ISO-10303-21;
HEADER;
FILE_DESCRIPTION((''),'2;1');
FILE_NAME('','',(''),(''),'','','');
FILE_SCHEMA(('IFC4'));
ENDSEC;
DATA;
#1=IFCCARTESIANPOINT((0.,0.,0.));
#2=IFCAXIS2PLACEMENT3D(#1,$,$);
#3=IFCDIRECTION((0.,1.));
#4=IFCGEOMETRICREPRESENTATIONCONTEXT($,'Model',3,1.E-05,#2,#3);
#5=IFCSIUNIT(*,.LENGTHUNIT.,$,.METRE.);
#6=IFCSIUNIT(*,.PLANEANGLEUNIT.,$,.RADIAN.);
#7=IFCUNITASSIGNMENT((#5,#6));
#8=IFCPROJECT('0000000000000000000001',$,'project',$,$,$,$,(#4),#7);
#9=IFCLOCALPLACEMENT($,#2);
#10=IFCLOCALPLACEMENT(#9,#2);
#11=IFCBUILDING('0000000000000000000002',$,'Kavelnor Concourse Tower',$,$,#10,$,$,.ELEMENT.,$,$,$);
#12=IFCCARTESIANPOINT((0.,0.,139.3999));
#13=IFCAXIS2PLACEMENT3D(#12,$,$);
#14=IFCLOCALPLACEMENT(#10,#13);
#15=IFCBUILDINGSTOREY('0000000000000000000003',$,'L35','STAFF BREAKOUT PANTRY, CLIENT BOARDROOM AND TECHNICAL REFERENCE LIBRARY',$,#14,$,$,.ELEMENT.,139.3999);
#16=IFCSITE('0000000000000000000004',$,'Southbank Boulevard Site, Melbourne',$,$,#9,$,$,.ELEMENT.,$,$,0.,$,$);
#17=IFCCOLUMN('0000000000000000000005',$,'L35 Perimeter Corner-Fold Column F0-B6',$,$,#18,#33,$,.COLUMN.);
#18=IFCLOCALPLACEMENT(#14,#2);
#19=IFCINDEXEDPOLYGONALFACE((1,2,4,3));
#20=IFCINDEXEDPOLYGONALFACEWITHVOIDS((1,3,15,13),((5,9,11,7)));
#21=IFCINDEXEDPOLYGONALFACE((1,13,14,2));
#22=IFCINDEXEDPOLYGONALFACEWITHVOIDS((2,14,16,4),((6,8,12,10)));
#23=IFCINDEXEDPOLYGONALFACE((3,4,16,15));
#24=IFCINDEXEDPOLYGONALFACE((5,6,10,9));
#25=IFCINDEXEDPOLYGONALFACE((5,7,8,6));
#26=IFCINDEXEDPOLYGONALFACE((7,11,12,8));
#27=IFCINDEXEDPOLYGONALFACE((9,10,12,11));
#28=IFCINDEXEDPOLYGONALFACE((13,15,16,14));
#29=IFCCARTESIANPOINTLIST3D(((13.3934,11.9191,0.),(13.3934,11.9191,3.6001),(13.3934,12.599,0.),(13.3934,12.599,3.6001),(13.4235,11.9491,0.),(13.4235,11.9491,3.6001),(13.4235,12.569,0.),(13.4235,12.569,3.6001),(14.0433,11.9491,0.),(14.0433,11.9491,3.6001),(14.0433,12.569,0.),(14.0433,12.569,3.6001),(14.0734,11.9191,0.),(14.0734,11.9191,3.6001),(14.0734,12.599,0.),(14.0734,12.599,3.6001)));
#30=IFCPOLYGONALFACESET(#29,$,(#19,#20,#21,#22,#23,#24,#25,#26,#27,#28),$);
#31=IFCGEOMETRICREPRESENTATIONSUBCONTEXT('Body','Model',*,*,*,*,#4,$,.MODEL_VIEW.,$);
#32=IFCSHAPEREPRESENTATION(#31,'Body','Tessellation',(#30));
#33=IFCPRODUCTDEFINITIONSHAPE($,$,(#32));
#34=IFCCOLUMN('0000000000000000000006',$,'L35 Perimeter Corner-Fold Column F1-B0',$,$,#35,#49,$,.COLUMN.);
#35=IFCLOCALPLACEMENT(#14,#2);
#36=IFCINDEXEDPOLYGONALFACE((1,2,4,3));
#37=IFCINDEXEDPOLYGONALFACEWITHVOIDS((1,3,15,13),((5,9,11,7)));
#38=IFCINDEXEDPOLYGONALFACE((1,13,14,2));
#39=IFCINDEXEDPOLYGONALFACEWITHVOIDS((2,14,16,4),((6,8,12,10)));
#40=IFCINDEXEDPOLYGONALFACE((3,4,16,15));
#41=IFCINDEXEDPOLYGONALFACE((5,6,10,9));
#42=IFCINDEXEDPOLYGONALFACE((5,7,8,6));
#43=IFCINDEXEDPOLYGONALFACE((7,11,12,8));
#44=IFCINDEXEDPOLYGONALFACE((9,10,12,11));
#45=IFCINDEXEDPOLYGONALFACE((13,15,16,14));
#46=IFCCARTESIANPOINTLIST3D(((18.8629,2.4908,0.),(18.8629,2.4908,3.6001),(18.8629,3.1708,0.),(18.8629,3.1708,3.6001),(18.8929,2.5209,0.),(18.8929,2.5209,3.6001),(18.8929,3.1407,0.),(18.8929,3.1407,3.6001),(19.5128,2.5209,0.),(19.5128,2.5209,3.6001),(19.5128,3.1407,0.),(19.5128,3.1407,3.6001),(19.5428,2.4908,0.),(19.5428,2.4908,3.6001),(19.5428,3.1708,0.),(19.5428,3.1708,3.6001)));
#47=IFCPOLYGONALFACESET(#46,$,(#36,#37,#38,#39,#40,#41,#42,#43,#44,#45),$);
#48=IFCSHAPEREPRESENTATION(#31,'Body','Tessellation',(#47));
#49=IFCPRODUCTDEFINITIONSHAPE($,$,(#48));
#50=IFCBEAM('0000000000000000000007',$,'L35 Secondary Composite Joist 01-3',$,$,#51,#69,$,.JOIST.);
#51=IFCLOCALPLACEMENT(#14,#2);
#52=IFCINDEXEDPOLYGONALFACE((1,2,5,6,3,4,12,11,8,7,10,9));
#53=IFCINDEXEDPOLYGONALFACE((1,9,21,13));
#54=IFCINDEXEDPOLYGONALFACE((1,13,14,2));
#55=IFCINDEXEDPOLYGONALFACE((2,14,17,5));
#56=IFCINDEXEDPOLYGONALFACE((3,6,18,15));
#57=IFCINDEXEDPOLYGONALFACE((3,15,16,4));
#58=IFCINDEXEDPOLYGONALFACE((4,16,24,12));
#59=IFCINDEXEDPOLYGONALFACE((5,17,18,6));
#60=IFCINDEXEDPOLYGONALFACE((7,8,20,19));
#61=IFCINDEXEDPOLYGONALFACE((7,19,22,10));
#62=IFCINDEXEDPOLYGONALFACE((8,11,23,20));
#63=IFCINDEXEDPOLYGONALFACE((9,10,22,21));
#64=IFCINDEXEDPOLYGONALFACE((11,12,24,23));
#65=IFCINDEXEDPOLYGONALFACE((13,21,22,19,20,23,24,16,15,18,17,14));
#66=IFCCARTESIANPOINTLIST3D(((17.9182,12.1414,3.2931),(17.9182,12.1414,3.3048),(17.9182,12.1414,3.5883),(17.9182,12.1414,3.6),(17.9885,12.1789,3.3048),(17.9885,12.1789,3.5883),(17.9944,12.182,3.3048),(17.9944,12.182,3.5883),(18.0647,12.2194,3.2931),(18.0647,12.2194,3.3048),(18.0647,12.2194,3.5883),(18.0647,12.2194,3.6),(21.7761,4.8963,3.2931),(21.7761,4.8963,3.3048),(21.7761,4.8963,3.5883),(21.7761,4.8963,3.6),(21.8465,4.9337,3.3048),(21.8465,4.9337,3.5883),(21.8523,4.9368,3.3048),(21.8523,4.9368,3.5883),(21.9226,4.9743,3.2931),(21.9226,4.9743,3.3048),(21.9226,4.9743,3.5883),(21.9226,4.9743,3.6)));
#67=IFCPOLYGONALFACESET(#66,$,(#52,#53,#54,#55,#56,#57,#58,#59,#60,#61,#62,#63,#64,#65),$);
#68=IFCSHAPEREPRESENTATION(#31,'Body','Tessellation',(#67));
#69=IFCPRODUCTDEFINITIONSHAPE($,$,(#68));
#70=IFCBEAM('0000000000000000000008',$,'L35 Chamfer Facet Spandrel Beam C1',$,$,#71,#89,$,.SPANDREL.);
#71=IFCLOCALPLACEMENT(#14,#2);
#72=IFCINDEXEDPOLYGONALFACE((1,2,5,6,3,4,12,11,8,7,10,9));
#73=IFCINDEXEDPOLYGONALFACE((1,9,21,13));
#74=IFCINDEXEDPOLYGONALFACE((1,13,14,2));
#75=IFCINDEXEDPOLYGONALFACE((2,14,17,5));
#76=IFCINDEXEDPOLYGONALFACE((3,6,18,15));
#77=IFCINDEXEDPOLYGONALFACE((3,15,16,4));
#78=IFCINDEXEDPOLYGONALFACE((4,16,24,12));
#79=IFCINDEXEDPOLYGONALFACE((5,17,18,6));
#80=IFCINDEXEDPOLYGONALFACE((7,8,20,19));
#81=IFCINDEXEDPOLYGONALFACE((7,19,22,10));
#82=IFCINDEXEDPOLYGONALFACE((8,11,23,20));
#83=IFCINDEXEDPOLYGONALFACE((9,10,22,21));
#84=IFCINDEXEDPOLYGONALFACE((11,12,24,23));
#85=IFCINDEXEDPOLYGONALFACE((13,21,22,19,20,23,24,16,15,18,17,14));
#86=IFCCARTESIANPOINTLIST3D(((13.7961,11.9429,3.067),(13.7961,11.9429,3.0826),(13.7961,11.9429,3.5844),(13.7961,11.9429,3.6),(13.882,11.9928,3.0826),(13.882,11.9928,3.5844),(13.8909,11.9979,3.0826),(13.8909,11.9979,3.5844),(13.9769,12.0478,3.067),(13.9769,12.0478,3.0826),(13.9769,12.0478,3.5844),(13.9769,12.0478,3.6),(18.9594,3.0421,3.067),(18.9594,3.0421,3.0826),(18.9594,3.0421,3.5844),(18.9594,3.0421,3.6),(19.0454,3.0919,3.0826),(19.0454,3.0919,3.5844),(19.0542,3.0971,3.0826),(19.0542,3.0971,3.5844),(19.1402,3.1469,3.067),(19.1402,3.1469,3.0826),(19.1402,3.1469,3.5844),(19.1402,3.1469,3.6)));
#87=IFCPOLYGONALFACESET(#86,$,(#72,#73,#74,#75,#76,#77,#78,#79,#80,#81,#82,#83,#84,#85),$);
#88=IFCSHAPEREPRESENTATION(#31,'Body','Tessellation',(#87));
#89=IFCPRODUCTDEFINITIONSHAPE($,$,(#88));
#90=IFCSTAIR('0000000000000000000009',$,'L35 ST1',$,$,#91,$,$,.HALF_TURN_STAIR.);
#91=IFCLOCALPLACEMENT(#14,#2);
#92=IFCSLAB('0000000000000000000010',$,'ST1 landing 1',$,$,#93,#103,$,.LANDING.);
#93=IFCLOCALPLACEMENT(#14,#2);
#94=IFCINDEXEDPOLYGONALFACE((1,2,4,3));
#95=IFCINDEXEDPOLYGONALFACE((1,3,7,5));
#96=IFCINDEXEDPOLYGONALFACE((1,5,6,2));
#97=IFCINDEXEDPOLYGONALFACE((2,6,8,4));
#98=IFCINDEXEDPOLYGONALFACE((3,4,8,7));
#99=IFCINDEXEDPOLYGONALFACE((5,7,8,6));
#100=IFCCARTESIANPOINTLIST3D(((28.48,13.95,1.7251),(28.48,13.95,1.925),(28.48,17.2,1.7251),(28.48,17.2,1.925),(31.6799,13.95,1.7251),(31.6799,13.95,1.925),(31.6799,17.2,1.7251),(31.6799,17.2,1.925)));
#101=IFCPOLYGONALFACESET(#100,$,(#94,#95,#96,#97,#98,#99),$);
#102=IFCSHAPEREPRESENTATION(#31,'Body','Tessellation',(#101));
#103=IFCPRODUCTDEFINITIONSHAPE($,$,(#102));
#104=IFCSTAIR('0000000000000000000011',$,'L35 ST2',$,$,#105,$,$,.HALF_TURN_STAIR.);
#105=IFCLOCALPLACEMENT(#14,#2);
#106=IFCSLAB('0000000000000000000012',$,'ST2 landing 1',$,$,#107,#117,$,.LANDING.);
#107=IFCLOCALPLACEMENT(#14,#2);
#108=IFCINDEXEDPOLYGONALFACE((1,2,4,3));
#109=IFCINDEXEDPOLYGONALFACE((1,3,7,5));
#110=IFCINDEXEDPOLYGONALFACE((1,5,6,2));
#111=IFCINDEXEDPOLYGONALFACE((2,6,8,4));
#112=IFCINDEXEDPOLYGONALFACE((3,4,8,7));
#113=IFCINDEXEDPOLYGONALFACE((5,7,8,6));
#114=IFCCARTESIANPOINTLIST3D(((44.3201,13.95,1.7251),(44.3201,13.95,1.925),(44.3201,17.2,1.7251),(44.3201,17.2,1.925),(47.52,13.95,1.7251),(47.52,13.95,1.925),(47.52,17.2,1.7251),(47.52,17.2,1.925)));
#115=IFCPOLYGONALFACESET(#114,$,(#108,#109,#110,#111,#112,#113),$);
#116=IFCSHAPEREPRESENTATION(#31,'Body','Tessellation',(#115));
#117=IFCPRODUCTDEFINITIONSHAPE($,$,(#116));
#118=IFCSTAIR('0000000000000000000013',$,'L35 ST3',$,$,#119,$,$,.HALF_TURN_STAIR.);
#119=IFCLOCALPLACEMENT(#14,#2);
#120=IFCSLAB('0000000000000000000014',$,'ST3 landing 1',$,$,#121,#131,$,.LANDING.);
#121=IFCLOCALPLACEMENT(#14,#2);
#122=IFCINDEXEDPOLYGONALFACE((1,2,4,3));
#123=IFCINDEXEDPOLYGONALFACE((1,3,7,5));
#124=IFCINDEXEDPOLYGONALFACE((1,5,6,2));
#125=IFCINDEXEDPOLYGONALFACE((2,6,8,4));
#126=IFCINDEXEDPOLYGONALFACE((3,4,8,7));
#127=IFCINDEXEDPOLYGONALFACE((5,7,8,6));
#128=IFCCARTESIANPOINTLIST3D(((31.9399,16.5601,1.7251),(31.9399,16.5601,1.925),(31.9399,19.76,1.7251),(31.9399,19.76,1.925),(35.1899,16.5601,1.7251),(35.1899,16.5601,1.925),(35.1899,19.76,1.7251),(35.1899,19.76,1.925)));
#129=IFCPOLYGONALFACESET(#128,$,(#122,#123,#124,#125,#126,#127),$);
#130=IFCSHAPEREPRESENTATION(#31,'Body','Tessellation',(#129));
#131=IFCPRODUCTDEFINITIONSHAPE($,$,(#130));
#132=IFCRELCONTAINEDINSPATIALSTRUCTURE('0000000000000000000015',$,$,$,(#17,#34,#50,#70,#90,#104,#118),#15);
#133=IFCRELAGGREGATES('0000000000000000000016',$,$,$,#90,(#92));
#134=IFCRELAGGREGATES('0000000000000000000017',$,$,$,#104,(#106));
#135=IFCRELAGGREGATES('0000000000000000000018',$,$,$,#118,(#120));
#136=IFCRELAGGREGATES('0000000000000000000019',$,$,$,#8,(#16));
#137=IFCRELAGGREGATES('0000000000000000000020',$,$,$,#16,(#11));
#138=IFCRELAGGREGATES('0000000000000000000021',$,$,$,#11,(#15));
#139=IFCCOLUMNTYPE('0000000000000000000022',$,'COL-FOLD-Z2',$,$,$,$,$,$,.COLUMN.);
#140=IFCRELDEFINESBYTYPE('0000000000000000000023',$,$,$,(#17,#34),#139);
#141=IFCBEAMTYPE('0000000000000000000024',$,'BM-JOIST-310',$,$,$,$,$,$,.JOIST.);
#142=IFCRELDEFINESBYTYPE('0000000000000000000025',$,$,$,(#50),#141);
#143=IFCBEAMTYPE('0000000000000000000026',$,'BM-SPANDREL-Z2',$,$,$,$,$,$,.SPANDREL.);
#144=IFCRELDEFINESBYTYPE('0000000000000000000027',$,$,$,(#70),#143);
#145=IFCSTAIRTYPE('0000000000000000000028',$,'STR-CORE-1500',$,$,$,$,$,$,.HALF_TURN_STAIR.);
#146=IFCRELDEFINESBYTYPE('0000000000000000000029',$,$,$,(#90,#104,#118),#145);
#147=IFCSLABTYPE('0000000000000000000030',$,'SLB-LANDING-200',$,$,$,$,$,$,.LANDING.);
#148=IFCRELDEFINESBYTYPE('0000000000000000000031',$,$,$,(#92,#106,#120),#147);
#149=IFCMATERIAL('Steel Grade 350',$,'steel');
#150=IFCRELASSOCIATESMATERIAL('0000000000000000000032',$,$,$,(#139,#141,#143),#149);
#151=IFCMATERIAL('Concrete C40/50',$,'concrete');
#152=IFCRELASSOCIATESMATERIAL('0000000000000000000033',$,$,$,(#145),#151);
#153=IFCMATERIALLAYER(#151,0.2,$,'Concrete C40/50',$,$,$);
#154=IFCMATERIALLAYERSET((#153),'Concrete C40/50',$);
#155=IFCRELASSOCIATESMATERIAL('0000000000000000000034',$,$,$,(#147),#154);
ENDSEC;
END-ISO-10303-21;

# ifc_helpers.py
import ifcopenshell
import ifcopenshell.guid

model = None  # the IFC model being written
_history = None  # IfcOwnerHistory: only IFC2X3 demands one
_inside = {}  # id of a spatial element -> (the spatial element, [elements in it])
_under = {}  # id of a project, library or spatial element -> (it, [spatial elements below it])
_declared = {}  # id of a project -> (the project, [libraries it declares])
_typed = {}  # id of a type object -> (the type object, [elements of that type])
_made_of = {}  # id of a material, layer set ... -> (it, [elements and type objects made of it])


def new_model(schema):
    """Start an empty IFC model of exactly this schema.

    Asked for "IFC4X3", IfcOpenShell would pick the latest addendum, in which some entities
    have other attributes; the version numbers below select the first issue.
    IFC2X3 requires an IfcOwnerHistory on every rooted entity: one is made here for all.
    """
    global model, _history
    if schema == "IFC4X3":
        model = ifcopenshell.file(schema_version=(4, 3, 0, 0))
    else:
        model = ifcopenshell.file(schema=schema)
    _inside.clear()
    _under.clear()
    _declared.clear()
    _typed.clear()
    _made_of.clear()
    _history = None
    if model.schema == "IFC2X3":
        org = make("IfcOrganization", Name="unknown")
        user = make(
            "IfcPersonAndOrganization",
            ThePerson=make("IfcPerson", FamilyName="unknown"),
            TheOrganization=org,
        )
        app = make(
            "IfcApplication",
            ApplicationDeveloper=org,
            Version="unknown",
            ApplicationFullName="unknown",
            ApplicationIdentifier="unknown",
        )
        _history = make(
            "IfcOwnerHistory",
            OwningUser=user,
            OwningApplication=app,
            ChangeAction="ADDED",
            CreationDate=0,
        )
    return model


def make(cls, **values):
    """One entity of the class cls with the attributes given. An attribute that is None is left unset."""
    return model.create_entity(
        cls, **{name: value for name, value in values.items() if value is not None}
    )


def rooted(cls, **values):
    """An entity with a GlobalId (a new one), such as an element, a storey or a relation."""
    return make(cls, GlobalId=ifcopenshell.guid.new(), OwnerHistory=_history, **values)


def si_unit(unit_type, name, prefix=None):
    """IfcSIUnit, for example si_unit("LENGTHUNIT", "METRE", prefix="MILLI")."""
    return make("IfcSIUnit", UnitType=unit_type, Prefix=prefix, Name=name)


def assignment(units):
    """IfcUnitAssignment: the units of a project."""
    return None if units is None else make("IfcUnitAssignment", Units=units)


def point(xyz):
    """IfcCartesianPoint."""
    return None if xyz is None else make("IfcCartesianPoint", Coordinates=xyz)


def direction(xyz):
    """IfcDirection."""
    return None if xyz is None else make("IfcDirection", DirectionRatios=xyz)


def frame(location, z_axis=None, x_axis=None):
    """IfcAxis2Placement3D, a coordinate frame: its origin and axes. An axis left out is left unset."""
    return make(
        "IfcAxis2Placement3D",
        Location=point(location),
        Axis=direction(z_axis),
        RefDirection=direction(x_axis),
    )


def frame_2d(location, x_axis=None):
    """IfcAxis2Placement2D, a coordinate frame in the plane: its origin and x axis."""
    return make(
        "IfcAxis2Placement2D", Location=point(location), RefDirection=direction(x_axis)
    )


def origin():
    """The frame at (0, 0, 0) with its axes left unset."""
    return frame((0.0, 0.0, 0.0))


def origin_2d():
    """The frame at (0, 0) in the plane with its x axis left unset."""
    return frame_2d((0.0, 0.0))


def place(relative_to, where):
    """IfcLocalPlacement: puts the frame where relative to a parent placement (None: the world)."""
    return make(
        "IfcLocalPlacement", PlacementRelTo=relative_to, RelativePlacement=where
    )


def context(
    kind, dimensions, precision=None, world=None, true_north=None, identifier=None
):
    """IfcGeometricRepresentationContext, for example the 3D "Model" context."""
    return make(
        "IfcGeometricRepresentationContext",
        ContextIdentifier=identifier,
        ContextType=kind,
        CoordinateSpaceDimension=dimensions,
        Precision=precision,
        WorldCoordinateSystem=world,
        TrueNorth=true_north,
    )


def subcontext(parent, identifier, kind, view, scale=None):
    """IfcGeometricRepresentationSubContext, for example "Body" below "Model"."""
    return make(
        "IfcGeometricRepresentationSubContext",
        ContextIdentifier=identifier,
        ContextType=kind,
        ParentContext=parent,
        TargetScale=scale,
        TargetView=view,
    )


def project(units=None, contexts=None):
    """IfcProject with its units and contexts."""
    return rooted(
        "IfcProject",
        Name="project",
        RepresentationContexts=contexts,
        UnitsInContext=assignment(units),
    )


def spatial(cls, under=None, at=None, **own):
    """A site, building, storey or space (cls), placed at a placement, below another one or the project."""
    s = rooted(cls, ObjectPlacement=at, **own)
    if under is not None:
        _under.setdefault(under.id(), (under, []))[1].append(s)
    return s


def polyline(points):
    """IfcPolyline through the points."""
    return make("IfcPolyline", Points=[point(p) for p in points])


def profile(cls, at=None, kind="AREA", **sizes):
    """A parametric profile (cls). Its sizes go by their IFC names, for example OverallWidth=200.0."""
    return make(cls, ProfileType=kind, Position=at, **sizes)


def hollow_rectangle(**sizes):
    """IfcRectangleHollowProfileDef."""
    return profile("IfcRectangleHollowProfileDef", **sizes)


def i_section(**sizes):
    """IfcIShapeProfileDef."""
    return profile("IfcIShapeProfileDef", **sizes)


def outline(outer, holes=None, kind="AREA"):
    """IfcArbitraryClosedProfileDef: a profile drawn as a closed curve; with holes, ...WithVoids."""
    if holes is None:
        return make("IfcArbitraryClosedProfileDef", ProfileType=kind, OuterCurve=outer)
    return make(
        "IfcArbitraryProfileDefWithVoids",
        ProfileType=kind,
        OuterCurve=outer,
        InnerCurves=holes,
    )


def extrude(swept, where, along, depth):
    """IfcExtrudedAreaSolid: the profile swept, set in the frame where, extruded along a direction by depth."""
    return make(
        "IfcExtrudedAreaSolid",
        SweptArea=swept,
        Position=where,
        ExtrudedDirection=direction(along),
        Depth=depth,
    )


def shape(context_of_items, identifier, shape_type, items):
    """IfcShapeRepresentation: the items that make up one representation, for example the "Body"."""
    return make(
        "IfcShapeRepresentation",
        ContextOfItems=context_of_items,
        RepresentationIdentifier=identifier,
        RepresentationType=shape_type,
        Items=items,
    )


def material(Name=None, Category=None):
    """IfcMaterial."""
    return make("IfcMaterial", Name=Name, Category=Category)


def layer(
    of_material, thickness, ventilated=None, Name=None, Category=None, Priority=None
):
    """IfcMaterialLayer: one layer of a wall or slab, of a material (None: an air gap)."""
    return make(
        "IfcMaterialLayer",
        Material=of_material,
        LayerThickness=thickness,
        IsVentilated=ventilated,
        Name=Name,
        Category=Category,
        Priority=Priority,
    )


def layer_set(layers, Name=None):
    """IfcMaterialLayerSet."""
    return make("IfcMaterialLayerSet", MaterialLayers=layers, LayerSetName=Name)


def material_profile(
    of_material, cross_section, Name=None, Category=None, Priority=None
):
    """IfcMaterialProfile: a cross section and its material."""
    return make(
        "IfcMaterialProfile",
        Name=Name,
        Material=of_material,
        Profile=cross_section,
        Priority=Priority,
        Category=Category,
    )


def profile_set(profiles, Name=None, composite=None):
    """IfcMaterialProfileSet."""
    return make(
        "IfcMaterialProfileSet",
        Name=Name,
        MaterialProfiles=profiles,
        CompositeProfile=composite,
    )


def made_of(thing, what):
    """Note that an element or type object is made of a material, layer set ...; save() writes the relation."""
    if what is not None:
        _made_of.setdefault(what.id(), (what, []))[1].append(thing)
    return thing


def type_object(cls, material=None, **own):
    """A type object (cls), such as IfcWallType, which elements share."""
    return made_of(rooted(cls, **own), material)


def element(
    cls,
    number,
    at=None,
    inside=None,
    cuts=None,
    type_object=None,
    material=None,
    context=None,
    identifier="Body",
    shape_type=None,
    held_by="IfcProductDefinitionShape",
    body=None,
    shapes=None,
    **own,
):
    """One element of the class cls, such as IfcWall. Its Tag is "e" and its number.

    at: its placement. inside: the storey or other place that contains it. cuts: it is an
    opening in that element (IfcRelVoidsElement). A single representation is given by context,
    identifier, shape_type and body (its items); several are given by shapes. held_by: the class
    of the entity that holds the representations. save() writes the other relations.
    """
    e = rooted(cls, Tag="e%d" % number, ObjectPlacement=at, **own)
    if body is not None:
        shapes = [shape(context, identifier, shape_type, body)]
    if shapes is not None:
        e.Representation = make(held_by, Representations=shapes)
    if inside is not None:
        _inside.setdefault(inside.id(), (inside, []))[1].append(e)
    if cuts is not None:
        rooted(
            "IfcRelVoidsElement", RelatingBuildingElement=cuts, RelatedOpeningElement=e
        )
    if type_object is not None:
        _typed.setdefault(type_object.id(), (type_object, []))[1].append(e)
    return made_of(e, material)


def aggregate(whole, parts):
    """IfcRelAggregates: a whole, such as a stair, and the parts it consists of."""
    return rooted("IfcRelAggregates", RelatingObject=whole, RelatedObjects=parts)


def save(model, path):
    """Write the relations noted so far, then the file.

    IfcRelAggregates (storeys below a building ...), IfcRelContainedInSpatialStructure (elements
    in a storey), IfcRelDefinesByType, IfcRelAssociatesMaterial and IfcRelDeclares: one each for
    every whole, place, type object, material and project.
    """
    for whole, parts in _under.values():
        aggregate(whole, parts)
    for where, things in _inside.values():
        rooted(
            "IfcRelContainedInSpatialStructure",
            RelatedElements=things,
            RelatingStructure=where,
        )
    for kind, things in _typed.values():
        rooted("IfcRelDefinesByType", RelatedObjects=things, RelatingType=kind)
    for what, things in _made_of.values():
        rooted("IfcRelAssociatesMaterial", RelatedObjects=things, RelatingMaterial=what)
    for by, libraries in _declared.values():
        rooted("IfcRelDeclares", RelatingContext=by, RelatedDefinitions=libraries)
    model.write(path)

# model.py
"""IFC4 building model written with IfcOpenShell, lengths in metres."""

from ifc_helpers import new_model, si_unit, direction, frame, origin, origin_2d, place, context, subcontext, project, spatial, polyline, hollow_rectangle, i_section, outline, extrude, material, layer, layer_set, material_profile, profile_set, type_object, element, aggregate, save


model = new_model("IFC4")

# Units and contexts
model_context = context("Model", 3, precision=1e-05, world=origin(), true_north=direction((0.0, 1.0)))
body_context = subcontext(model_context, "Body", "Model", "MODEL_VIEW")
ifc_project = project(units=[si_unit("LENGTHUNIT", "METRE"), si_unit("PLANEANGLEUNIT", "RADIAN")], contexts=[model_context])

# Site, building, storey
site_placement = place(None, origin())
site = spatial("IfcSite", under=ifc_project, at=site_placement, Name="Southbank Boulevard Site, Melbourne", CompositionType="ELEMENT", RefElevation=0.0)
building_placement = place(site_placement, origin())
building = spatial("IfcBuilding", under=site, at=building_placement, Name="Kavelnor Concourse Tower", CompositionType="ELEMENT")
storey_placement = place(building_placement, frame((0.0, 0.0, 139.3999)))
storey = spatial("IfcBuildingStorey", under=building, at=storey_placement, Name="L35", Description="STAFF BREAKOUT PANTRY, CLIENT BOARDROOM AND TECHNICAL REFERENCE LIBRARY", CompositionType="ELEMENT", Elevation=139.3999)

# Columns
ifc_material_1 = material(Name="Steel Grade 350", Category="steel")
ifc_material_profile_1 = material_profile(ifc_material_1, hollow_rectangle(XDim=0.6799, YDim=0.6799, WallThickness=0.03, at=origin_2d()), Name="SHS 680x680x30")
ifc_profile_set_1 = profile_set([ifc_material_profile_1], Name="Steel Grade 350")
column_type = type_object("IfcColumnType", Name="COL-FOLD-Z2", PredefinedType="COLUMN", material=ifc_profile_set_1)
for number, where, z_axis, x_axis, name in (
    (1, (13.7334, 12.259, 0.0), (0.0, 0.0, 1.0), (1.0, 0.0, 0.0), "L35 Perimeter Corner-Fold Column F0-B6"),
    (2, (19.2029, 2.8308, 0.0), (0.0, 0.0, 1.0), (1.0, 0.0, 0.0), "L35 Perimeter Corner-Fold Column F1-B0"),
):
    element("IfcColumn", number, at=place(storey_placement, frame(where, z_axis=z_axis, x_axis=x_axis)), inside=storey, type_object=column_type, Name=name, PredefinedType="COLUMN", context=body_context, shape_type="SweptSolid", body=[
        extrude(hollow_rectangle(XDim=0.6799, YDim=0.6799, WallThickness=0.03, at=origin_2d()), origin(), (0.0, 0.0, 1.0), 3.6001),
    ])

# Beams
ifc_material_profile_2 = material_profile(ifc_material_1, i_section(OverallWidth=0.166, OverallDepth=0.3069, WebThickness=0.0066, FlangeThickness=0.0117, at=origin_2d()), Name="310UB46")
ifc_profile_set_2 = profile_set([ifc_material_profile_2], Name="Steel Grade 350")
beam_type_1 = type_object("IfcBeamType", Name="BM-JOIST-310", PredefinedType="JOIST", material=ifc_profile_set_2)
beam_1_placement = place(storey_placement, frame((17.9915, 12.1804, 3.4465), z_axis=(0.470005, -0.882664, 0.0), x_axis=(0.882664, 0.470005, 0.0)))
element("IfcBeam", 3, at=beam_1_placement, inside=storey, type_object=beam_type_1, Name="L35 Secondary Composite Joist 01-3", PredefinedType="JOIST", context=body_context, shape_type="SweptSolid", body=[
    extrude(i_section(OverallWidth=0.166, OverallDepth=0.3069, WebThickness=0.0066, FlangeThickness=0.0117, at=origin_2d()), origin(), (0.0, 0.0, 1.0), 8.2083),
])
ifc_material_profile_3 = material_profile(ifc_material_1, i_section(OverallWidth=0.209, OverallDepth=0.533, WebThickness=0.0103, FlangeThickness=0.0156, at=origin_2d()), Name="530UB92")
ifc_profile_set_3 = profile_set([ifc_material_profile_3], Name="Steel Grade 350")
beam_type_2 = type_object("IfcBeamType", Name="BM-SPANDREL-Z2", PredefinedType="SPANDREL", material=ifc_profile_set_3)
beam_2_placement = place(storey_placement, frame((13.8865, 11.9954, 3.3335), z_axis=(0.501778, -0.864997, 0.0), x_axis=(0.864997, 0.501778, 0.0)))
element("IfcBeam", 4, at=beam_2_placement, inside=storey, type_object=beam_type_2, Name="L35 Chamfer Facet Spandrel Beam C1", PredefinedType="SPANDREL", context=body_context, shape_type="SweptSolid", body=[
    extrude(i_section(OverallWidth=0.209, OverallDepth=0.533, WebThickness=0.0103, FlangeThickness=0.0156, at=origin_2d()), origin(), (0.0, 0.0, 1.0), 10.29),
])

# Stairs, slabs
ifc_material_2 = material(Name="Concrete C40/50", Category="concrete")
stair_type = type_object("IfcStairType", Name="STR-CORE-1500", PredefinedType="HALF_TURN_STAIR", material=ifc_material_2)
stair_1_placement = place(storey_placement, origin())
stair_1 = element("IfcStair", 5, at=stair_1_placement, inside=storey, type_object=stair_type, Name="L35 ST1", PredefinedType="HALF_TURN_STAIR")
ifc_layer_1 = layer(ifc_material_2, 0.2, Name="Concrete C40/50")
ifc_layer_set_1 = layer_set([ifc_layer_1], Name="Concrete C40/50")
slab_type_1 = type_object("IfcSlabType", Name="SLB-LANDING-200", PredefinedType="LANDING", material=ifc_layer_set_1)
slab_1_placement = place(storey_placement, frame((0.0, 0.0, 1.7251)))
slab_1 = element("IfcSlab", 6, at=slab_1_placement, type_object=slab_type_1, Name="ST1 landing 1", PredefinedType="LANDING", context=body_context, shape_type="SweptSolid", body=[
    extrude(outline(polyline([(31.6799, 13.95), (31.6799, 17.2), (28.48, 17.2), (28.48, 13.95), (31.6799, 13.95)])), origin(), (0.0, 0.0, 1.0), 0.2),
])
aggregate(stair_1, [slab_1])
stair_2_placement = place(storey_placement, origin())
stair_2 = element("IfcStair", 7, at=stair_2_placement, inside=storey, type_object=stair_type, Name="L35 ST2", PredefinedType="HALF_TURN_STAIR")
slab_2_placement = place(storey_placement, frame((0.0, 0.0, 1.7251)))
slab_2 = element("IfcSlab", 8, at=slab_2_placement, type_object=slab_type_1, Name="ST2 landing 1", PredefinedType="LANDING", context=body_context, shape_type="SweptSolid", body=[
    extrude(outline(polyline([(47.52, 13.95), (47.52, 17.2), (44.3201, 17.2), (44.3201, 13.95), (47.52, 13.95)])), origin(), (0.0, 0.0, 1.0), 0.2),
])
aggregate(stair_2, [slab_2])
stair_3_placement = place(storey_placement, origin())
stair_3 = element("IfcStair", 9, at=stair_3_placement, inside=storey, type_object=stair_type, Name="L35 ST3", PredefinedType="HALF_TURN_STAIR")
slab_3_placement = place(storey_placement, frame((0.0, 0.0, 1.7251)))
slab_3 = element("IfcSlab", 10, at=slab_3_placement, type_object=slab_type_1, Name="ST3 landing 1", PredefinedType="LANDING", context=body_context, shape_type="SweptSolid", body=[
    extrude(outline(polyline([(35.1899, 19.76), (31.9399, 19.76), (31.9399, 16.5601), (35.1899, 16.5601), (35.1899, 19.76)])), origin(), (0.0, 0.0, 1.0), 0.2),
])
aggregate(stair_3, [slab_3])

save(model, "model.ifc")
